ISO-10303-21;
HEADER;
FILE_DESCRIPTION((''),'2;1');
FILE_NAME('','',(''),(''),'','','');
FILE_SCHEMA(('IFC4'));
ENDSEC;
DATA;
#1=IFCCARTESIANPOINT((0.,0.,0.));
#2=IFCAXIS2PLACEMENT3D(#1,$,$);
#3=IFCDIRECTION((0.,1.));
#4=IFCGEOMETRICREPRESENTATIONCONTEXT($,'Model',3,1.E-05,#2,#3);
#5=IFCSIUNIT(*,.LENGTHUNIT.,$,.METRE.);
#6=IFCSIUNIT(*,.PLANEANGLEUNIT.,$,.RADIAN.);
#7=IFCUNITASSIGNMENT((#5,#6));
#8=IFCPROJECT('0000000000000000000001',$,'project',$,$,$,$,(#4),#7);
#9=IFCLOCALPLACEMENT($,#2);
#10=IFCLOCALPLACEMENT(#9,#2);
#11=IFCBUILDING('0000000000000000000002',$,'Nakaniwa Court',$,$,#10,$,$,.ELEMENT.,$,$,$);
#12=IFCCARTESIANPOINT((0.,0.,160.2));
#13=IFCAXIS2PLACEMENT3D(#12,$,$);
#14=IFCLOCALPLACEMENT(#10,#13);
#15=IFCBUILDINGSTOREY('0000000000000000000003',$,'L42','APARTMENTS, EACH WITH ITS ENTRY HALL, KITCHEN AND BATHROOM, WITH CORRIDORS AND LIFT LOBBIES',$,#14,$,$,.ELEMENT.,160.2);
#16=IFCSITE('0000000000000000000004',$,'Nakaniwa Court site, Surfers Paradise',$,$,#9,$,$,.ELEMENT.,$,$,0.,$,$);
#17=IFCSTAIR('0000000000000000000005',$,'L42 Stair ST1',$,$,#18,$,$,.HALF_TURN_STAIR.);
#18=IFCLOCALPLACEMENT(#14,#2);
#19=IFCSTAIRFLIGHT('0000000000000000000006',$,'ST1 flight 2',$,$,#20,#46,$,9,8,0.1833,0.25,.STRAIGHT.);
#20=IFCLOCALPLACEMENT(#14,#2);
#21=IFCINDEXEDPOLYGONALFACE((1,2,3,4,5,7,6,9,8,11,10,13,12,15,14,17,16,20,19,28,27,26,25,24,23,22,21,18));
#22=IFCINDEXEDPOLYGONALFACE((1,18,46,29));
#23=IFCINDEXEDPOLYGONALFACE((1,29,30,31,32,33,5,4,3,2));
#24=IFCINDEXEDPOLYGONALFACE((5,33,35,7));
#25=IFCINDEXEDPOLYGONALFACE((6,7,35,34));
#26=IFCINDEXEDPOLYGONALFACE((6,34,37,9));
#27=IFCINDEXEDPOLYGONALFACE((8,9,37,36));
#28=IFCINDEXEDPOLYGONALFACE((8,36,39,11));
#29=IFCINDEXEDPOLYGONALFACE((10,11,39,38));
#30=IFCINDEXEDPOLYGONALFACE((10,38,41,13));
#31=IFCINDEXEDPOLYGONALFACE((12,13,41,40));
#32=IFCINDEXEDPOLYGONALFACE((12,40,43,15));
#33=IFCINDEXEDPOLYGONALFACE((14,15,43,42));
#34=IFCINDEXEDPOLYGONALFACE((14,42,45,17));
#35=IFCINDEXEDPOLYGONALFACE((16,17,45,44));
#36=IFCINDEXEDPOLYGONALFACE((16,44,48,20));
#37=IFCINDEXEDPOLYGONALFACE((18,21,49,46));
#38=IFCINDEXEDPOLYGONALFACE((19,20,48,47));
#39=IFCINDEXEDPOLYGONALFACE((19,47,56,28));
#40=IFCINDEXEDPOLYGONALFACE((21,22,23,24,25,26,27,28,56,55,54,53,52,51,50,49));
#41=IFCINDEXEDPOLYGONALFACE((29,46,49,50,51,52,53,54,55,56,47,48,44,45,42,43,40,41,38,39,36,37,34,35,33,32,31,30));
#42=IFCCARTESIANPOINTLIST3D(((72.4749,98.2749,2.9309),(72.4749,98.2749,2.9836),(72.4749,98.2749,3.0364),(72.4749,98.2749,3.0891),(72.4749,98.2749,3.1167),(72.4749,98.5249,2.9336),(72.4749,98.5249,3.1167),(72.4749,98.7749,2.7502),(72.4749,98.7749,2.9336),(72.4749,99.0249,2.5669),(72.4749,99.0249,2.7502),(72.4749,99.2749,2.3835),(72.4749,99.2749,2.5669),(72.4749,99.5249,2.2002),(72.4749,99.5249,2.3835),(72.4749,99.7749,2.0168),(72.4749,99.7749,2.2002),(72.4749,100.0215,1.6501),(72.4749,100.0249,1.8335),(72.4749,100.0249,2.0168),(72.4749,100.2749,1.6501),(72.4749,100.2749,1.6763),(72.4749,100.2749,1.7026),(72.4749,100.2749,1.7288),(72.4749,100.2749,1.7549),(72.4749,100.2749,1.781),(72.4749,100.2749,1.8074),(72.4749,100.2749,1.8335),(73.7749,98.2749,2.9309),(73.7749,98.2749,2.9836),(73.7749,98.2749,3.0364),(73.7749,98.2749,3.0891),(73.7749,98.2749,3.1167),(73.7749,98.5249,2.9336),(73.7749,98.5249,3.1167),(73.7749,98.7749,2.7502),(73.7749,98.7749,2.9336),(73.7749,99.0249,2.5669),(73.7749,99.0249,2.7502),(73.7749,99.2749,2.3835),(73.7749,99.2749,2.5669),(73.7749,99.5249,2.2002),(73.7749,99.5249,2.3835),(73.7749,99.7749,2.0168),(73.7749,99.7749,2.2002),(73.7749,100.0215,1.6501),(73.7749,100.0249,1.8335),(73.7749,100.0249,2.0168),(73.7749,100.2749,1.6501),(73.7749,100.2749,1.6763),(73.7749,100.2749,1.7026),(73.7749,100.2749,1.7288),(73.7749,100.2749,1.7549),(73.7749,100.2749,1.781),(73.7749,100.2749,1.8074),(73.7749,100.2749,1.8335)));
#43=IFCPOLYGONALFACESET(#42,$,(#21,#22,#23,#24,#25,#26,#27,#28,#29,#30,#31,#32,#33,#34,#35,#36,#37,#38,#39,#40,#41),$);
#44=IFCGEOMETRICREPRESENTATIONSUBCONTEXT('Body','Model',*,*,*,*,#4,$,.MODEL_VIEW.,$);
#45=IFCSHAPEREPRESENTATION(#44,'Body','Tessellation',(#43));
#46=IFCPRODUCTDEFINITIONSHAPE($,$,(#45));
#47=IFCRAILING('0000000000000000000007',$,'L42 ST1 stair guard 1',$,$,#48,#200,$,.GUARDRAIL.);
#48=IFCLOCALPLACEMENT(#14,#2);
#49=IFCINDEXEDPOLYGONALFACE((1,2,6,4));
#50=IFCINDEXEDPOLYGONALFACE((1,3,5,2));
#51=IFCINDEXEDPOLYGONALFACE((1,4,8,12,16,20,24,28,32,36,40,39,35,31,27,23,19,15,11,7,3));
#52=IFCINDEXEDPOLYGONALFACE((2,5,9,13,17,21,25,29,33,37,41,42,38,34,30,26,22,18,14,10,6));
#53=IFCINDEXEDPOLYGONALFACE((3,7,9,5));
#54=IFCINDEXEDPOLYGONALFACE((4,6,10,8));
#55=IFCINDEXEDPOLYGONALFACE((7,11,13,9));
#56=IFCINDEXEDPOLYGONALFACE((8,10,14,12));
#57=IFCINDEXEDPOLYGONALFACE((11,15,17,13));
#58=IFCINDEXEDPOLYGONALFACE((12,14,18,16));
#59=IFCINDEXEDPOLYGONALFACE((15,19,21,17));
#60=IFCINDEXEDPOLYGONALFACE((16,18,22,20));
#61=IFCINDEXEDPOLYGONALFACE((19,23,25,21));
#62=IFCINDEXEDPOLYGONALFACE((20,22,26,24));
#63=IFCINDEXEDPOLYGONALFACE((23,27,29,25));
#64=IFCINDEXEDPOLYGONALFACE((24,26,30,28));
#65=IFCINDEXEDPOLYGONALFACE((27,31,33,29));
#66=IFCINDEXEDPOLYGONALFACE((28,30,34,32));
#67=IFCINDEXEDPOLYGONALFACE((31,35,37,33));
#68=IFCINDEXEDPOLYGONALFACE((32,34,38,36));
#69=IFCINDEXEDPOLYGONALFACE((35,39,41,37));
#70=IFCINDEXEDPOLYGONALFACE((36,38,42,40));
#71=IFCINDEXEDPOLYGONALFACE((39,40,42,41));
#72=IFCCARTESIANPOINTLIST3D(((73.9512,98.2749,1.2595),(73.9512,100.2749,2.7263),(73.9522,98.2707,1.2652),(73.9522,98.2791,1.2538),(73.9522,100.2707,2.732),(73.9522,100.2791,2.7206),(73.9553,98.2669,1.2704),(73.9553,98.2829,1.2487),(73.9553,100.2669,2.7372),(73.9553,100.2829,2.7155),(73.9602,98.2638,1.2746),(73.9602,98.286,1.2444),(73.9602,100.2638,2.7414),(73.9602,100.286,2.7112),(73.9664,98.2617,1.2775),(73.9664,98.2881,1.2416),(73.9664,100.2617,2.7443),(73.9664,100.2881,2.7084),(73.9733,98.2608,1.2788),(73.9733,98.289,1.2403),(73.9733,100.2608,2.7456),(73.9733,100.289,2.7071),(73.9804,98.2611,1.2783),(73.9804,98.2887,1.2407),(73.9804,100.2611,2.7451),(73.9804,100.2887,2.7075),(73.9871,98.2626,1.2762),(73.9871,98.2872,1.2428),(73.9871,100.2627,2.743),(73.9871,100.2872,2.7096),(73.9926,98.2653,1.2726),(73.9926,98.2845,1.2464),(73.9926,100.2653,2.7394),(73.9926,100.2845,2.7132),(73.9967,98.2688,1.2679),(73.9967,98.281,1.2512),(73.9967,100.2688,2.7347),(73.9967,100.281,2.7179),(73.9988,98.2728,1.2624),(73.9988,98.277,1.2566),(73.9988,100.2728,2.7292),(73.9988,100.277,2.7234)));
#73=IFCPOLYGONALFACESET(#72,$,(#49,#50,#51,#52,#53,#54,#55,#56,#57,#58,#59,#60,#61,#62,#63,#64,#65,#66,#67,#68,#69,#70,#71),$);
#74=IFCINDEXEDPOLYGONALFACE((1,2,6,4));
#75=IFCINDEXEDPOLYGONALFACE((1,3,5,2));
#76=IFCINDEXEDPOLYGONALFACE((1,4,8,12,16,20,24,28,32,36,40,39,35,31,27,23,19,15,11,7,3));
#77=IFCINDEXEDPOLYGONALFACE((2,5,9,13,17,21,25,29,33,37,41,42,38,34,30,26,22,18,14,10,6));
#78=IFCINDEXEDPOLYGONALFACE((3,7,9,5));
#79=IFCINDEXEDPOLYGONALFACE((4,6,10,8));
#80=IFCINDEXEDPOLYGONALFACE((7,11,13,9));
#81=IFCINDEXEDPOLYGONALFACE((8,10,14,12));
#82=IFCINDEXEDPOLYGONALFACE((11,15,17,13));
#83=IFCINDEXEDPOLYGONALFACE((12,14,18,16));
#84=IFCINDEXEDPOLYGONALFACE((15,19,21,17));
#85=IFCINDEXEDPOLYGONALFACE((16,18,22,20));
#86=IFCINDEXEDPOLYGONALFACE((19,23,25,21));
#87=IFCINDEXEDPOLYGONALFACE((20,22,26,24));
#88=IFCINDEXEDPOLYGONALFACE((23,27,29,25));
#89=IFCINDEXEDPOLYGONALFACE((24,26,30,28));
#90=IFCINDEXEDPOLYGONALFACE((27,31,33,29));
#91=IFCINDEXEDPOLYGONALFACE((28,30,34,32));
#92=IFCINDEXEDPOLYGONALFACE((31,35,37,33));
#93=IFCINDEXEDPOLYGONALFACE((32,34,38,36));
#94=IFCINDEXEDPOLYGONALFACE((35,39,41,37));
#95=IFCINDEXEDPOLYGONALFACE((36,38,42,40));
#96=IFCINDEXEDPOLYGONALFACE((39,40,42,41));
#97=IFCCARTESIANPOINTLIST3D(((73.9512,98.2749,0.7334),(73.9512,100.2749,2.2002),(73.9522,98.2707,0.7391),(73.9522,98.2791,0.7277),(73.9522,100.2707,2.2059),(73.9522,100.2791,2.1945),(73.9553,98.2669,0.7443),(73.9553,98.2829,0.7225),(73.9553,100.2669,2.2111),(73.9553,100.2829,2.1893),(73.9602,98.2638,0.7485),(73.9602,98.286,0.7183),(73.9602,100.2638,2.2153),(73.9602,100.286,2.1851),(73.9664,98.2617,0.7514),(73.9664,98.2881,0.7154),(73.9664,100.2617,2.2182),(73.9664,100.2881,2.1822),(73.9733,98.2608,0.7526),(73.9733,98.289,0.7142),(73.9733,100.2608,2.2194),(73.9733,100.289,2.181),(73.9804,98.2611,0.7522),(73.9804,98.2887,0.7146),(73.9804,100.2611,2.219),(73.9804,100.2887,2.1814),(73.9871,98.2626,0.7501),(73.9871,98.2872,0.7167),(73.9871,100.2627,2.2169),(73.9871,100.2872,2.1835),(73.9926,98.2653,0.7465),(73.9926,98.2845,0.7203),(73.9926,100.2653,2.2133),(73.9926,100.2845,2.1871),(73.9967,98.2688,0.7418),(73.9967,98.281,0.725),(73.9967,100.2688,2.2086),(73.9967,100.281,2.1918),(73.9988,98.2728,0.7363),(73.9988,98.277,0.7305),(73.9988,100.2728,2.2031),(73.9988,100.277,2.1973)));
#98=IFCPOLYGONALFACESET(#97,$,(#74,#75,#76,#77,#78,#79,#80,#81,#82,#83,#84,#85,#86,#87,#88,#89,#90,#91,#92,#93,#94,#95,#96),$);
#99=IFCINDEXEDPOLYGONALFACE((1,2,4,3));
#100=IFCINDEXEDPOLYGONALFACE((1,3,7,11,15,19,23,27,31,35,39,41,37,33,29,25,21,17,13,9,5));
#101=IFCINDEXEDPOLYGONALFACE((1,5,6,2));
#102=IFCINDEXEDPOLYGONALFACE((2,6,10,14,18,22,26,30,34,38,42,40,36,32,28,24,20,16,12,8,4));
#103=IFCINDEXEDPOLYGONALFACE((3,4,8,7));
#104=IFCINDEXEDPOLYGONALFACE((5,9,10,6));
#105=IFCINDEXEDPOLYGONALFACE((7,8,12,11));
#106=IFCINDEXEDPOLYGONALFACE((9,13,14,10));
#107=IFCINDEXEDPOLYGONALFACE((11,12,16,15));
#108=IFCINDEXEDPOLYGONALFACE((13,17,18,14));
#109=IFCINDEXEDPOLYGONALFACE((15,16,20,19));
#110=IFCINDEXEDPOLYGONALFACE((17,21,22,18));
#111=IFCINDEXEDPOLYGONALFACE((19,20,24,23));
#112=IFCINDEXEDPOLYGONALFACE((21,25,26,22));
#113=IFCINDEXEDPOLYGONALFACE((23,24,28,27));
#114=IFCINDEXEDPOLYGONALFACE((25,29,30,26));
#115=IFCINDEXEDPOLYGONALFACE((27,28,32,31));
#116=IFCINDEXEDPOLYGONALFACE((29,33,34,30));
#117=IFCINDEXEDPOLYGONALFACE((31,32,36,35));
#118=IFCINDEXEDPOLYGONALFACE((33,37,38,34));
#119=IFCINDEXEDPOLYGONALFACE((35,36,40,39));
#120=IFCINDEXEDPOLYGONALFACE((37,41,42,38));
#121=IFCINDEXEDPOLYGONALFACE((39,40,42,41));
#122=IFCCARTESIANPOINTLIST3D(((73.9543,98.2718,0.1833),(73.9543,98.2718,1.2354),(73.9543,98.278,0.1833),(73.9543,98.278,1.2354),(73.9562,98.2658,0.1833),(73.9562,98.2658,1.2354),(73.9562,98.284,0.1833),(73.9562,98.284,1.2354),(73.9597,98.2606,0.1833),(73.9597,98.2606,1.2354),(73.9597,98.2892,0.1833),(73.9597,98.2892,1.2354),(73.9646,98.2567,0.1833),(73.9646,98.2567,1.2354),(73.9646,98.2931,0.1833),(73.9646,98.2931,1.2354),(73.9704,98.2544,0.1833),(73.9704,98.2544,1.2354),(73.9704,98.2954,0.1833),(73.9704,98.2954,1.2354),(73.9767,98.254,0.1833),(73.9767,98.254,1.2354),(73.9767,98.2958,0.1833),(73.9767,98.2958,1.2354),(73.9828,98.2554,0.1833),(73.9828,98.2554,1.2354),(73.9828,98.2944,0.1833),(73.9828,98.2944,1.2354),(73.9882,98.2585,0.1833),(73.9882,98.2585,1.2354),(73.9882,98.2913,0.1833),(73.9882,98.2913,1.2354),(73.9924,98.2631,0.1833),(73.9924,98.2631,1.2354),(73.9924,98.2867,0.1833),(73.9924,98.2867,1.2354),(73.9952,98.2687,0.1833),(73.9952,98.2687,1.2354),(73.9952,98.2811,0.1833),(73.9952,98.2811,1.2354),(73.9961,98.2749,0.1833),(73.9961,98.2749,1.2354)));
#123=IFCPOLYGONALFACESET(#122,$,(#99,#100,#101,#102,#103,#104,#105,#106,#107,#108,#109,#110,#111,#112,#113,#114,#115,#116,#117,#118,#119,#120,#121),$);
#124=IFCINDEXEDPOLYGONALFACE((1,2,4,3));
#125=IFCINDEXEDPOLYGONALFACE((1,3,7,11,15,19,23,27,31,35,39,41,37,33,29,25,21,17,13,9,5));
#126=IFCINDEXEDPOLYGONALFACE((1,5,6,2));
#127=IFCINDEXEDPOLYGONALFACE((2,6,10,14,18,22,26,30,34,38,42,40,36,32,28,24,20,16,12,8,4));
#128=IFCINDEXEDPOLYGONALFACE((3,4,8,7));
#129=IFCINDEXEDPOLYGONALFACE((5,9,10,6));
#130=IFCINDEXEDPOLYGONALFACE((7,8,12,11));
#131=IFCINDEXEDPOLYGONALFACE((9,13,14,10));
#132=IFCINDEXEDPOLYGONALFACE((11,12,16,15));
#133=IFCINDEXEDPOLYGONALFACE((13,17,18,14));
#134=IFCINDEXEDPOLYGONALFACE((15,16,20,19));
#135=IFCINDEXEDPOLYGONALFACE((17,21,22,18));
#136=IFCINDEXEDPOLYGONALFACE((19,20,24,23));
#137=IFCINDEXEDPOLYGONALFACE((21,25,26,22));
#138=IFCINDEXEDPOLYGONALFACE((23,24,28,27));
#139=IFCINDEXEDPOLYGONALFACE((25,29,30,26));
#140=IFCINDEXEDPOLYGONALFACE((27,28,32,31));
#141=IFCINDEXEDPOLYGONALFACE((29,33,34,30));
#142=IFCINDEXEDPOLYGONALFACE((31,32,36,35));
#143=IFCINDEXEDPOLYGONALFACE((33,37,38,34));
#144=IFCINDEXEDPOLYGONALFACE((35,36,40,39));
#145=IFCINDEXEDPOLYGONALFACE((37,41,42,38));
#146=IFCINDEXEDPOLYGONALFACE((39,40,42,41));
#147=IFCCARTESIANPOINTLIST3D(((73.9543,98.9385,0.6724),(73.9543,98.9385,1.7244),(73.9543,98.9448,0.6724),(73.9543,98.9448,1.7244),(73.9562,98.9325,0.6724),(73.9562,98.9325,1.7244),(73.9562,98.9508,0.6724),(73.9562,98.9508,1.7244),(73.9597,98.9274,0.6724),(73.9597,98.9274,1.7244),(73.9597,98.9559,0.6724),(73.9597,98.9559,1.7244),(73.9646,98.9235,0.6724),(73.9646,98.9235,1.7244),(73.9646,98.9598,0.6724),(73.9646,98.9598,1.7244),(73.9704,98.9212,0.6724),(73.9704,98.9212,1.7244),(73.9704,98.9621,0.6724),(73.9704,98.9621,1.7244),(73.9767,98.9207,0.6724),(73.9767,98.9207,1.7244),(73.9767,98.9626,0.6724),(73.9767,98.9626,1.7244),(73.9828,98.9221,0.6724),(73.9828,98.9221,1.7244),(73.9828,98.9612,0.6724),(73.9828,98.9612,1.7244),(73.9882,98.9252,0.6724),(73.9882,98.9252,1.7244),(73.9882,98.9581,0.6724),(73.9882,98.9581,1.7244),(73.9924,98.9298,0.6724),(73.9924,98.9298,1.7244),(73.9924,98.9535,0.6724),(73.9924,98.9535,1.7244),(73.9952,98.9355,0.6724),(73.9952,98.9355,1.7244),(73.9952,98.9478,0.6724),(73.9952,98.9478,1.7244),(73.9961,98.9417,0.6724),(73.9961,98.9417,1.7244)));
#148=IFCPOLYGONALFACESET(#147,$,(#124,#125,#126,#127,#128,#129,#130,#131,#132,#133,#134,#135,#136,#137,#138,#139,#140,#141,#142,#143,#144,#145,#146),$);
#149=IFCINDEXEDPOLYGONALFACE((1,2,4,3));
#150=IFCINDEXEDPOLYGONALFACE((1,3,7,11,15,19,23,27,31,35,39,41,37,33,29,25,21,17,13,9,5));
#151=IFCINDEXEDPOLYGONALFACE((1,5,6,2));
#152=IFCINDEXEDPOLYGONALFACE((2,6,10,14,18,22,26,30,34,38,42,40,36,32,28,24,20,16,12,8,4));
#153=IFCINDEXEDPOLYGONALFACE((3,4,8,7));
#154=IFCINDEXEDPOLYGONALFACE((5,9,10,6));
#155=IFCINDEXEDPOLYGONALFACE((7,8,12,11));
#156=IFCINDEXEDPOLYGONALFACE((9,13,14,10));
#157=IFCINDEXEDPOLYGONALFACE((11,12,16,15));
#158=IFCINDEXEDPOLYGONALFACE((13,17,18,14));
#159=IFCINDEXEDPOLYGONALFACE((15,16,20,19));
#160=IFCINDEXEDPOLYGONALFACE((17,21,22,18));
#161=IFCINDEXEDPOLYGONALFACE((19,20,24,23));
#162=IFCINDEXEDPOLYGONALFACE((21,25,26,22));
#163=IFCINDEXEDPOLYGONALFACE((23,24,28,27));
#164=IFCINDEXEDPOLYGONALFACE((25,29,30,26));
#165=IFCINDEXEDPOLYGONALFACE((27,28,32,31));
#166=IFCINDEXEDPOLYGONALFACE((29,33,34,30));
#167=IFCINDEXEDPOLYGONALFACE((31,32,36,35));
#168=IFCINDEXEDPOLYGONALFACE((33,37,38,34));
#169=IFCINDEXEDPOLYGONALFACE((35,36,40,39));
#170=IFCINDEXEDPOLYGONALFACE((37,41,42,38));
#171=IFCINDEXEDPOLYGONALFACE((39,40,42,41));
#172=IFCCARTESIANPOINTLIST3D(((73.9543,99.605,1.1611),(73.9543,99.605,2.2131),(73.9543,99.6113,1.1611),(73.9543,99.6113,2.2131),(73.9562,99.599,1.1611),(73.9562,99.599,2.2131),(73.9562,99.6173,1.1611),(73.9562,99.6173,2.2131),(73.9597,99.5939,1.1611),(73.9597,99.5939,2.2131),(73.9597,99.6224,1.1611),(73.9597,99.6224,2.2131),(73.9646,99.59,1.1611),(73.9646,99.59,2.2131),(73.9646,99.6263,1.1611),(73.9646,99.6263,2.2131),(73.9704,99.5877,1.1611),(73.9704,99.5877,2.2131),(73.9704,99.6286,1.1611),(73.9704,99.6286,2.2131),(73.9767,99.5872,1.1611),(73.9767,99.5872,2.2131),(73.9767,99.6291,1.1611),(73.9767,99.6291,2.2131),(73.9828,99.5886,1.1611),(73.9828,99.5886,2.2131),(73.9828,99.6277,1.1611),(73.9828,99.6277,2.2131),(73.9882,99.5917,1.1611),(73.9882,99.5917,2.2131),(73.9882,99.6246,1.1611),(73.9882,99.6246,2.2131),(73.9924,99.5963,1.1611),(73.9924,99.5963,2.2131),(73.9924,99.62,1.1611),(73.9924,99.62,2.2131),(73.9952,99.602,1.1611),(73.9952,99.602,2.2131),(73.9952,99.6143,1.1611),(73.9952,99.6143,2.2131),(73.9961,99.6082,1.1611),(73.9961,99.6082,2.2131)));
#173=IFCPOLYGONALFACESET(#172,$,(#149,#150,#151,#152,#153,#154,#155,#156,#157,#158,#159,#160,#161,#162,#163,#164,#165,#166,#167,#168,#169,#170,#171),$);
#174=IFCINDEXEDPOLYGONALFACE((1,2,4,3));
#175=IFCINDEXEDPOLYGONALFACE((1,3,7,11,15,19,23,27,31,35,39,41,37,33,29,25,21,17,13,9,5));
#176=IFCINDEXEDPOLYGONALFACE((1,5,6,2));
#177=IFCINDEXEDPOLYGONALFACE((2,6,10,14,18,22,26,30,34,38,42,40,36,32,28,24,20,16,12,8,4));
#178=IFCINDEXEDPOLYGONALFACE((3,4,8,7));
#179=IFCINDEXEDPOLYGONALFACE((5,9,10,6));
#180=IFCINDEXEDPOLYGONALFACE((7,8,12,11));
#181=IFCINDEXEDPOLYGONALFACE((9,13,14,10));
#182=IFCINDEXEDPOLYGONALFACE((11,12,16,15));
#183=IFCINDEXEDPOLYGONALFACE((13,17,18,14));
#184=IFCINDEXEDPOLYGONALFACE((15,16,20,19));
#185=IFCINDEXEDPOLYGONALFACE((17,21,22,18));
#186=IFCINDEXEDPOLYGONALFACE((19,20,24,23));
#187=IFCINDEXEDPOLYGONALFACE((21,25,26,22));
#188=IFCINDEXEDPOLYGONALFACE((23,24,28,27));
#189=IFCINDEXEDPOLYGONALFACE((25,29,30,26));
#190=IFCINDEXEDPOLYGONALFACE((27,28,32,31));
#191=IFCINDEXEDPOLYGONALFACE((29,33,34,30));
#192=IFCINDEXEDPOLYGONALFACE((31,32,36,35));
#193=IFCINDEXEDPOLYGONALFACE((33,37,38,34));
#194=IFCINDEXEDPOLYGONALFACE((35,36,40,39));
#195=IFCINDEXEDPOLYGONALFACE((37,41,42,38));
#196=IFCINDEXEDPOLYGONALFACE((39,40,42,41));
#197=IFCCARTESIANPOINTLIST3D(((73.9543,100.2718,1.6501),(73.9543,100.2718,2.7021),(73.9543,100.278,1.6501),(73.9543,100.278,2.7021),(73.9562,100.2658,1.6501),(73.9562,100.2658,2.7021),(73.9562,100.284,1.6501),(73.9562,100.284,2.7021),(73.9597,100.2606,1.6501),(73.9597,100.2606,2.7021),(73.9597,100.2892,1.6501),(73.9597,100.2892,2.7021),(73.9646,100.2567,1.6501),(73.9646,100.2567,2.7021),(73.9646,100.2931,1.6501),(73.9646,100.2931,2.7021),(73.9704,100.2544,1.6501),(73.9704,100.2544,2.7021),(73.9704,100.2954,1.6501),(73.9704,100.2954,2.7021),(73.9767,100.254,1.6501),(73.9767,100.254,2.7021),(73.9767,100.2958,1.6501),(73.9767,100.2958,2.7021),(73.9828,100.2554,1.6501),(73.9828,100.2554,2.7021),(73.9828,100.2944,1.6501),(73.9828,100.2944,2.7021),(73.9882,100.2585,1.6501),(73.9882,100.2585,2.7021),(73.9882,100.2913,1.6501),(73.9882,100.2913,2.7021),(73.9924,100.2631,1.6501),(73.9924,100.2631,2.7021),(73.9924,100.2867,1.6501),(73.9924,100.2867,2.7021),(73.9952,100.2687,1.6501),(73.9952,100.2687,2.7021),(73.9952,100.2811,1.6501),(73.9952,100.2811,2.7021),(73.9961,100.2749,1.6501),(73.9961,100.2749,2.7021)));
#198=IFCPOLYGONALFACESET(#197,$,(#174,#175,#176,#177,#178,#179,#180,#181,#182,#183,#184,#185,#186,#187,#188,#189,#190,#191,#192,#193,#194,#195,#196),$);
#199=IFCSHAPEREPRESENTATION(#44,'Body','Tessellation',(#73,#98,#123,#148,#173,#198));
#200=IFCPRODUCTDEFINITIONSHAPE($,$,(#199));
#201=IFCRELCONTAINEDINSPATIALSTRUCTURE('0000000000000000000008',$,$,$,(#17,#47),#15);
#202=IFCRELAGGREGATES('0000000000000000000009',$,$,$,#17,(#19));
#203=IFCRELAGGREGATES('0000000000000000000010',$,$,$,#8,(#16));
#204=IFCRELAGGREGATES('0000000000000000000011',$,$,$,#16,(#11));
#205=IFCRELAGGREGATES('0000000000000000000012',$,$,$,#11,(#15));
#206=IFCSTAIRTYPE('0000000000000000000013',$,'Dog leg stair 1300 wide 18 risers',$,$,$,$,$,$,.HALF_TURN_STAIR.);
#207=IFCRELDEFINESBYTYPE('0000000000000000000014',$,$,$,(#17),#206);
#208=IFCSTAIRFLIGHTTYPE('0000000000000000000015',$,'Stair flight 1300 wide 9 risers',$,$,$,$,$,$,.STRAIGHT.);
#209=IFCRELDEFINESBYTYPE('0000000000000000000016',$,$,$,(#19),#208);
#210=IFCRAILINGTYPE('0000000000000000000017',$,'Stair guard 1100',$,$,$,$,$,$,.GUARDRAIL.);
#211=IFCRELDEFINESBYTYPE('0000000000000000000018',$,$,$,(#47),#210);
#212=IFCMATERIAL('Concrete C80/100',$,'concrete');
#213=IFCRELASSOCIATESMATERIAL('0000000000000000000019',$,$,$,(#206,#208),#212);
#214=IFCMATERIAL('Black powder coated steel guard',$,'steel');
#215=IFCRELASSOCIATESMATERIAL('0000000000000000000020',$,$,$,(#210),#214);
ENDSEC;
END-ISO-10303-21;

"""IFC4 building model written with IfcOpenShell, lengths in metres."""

from ifc_helpers import new_model, si_unit, direction, frame, origin, origin_2d, place, context, subcontext, project, spatial, polyline, circle, outline, extrude, material, type_object, element, aggregate, save


model = new_model("IFC4")

# Units and contexts
model_context = context("Model", 3, precision=1e-05, world=origin(), true_north=direction((0.0, 1.0)))
body_context = subcontext(model_context, "Body", "Model", "MODEL_VIEW")
ifc_project = project(units=[si_unit("LENGTHUNIT", "METRE"), si_unit("PLANEANGLEUNIT", "RADIAN")], contexts=[model_context])

# Site, building, storey
site_placement = place(None, origin())
site = spatial("IfcSite", under=ifc_project, at=site_placement, Name="Nakaniwa Court site, Surfers Paradise", CompositionType="ELEMENT", RefElevation=0.0)
building_placement = place(site_placement, origin())
building = spatial("IfcBuilding", under=site, at=building_placement, Name="Nakaniwa Court", CompositionType="ELEMENT")
storey_placement = place(building_placement, frame((0.0, 0.0, 160.2)))
storey = spatial("IfcBuildingStorey", under=building, at=storey_placement, Name="L42", Description="APARTMENTS, EACH WITH ITS ENTRY HALL, KITCHEN AND BATHROOM, WITH CORRIDORS AND LIFT LOBBIES", CompositionType="ELEMENT", Elevation=160.2)

# Shared definitions
ifc_material_1 = material(Name="Concrete C80/100", Category="concrete")

# Stair, stair flight
stair_type = type_object("IfcStairType", Name="Dog leg stair 1300 wide 18 risers", PredefinedType="HALF_TURN_STAIR", material=ifc_material_1)
stair_placement = place(storey_placement, origin())
stair = element("IfcStair", 1, at=stair_placement, inside=storey, type_object=stair_type, Name="L42 Stair ST1", PredefinedType="HALF_TURN_STAIR")
stair_flight_type = type_object("IfcStairFlightType", Name="Stair flight 1300 wide 9 risers", PredefinedType="STRAIGHT", material=ifc_material_1)
stair_flight_1_placement = place(storey_placement, frame((73.125, 100.2749, 1.6501), z_axis=(0.0, 0.0, 1.0), x_axis=(0.0, -1.0, 0.0)))
stair_flight_1 = element("IfcStairFlight", 2, at=stair_flight_1_placement, type_object=stair_flight_type, Name="ST1 flight 2", NumberOfRisers=9, NumberOfTreads=8, PredefinedType="STRAIGHT", RiserHeight=0.1833, TreadLength=0.25, context=body_context, shape_type="SweptSolid", body=[
    extrude(outline(polyline([(0.0, 0.0), (0.0, 0.0261), (0.0, 0.0525), (0.0, 0.0786), (0.0, 0.1047), (0.0, 0.1309), (0.0, 0.1572), (0.0, 0.1833), (0.25, 0.1833), (0.25, 0.3667), (0.5, 0.3667), (0.5, 0.55), (0.75, 0.55), (0.75, 0.7334), (1.0, 0.7334), (1.0, 0.9167), (1.25, 0.9167), (1.25, 1.1001), (1.5, 1.1001), (1.5, 1.2834), (1.75, 1.2834), (1.75, 1.4666), (2.0, 1.4666), (2.0, 1.6499), (2.0, 1.5972), (2.0, 1.5444), (2.0, 1.4917), (2.0, 1.439), (2.0, 1.3862), (2.0, 1.3335), (2.0, 1.2808), (0.2534, 0.0), (0.0, 0.0)])), frame((0.0, 0.6499, 0.0), z_axis=(0.0, -1.0, 0.0), x_axis=(1.0, 0.0, 0.0)), (0.0, 0.0, 1.0), 1.3),
])
aggregate(stair, [stair_flight_1])

# Railing
ifc_material_2 = material(Name="Black powder coated steel guard", Category="steel")
railing_type_1 = type_object("IfcRailingType", Name="Stair guard 1100", PredefinedType="GUARDRAIL", material=ifc_material_2)
railing_1_placement = place(storey_placement, frame((73.9751, 98.2749, 0.1833)))
element("IfcRailing", 3, at=railing_1_placement, inside=storey, type_object=railing_type_1, Name="L42 ST1 stair guard 1", PredefinedType="GUARDRAIL", context=body_context, shape_type="SweptSolid", body=[
    extrude(circle(Radius=0.0239, at=origin_2d()), frame((0.0, 0.0, 1.0762), z_axis=(0.0, 0.80638, 0.591398), x_axis=(-1.0, 0.0, 0.0)), (0.0, 0.0, 1.0), 2.4802),
    extrude(circle(Radius=0.0239, at=origin_2d()), frame((0.0, 0.0, 0.55), z_axis=(0.0, 0.80638, 0.591398), x_axis=(-1.0, 0.0, 0.0)), (0.0, 0.0, 1.0), 2.4802),
    extrude(circle(Radius=0.021, at=origin_2d()), origin(), (0.0, 0.0, 1.0), 1.052),
    extrude(circle(Radius=0.021, at=origin_2d()), frame((0.0, 0.6667, 0.489)), (0.0, 0.0, 1.0), 1.052),
    extrude(circle(Radius=0.021, at=origin_2d()), frame((0.0, 1.3333, 0.9778)), (0.0, 0.0, 1.0), 1.052),
    extrude(circle(Radius=0.021, at=origin_2d()), frame((0.0, 2.0, 1.4668)), (0.0, 0.0, 1.0), 1.052),
])

save(model, "model.ifc")
